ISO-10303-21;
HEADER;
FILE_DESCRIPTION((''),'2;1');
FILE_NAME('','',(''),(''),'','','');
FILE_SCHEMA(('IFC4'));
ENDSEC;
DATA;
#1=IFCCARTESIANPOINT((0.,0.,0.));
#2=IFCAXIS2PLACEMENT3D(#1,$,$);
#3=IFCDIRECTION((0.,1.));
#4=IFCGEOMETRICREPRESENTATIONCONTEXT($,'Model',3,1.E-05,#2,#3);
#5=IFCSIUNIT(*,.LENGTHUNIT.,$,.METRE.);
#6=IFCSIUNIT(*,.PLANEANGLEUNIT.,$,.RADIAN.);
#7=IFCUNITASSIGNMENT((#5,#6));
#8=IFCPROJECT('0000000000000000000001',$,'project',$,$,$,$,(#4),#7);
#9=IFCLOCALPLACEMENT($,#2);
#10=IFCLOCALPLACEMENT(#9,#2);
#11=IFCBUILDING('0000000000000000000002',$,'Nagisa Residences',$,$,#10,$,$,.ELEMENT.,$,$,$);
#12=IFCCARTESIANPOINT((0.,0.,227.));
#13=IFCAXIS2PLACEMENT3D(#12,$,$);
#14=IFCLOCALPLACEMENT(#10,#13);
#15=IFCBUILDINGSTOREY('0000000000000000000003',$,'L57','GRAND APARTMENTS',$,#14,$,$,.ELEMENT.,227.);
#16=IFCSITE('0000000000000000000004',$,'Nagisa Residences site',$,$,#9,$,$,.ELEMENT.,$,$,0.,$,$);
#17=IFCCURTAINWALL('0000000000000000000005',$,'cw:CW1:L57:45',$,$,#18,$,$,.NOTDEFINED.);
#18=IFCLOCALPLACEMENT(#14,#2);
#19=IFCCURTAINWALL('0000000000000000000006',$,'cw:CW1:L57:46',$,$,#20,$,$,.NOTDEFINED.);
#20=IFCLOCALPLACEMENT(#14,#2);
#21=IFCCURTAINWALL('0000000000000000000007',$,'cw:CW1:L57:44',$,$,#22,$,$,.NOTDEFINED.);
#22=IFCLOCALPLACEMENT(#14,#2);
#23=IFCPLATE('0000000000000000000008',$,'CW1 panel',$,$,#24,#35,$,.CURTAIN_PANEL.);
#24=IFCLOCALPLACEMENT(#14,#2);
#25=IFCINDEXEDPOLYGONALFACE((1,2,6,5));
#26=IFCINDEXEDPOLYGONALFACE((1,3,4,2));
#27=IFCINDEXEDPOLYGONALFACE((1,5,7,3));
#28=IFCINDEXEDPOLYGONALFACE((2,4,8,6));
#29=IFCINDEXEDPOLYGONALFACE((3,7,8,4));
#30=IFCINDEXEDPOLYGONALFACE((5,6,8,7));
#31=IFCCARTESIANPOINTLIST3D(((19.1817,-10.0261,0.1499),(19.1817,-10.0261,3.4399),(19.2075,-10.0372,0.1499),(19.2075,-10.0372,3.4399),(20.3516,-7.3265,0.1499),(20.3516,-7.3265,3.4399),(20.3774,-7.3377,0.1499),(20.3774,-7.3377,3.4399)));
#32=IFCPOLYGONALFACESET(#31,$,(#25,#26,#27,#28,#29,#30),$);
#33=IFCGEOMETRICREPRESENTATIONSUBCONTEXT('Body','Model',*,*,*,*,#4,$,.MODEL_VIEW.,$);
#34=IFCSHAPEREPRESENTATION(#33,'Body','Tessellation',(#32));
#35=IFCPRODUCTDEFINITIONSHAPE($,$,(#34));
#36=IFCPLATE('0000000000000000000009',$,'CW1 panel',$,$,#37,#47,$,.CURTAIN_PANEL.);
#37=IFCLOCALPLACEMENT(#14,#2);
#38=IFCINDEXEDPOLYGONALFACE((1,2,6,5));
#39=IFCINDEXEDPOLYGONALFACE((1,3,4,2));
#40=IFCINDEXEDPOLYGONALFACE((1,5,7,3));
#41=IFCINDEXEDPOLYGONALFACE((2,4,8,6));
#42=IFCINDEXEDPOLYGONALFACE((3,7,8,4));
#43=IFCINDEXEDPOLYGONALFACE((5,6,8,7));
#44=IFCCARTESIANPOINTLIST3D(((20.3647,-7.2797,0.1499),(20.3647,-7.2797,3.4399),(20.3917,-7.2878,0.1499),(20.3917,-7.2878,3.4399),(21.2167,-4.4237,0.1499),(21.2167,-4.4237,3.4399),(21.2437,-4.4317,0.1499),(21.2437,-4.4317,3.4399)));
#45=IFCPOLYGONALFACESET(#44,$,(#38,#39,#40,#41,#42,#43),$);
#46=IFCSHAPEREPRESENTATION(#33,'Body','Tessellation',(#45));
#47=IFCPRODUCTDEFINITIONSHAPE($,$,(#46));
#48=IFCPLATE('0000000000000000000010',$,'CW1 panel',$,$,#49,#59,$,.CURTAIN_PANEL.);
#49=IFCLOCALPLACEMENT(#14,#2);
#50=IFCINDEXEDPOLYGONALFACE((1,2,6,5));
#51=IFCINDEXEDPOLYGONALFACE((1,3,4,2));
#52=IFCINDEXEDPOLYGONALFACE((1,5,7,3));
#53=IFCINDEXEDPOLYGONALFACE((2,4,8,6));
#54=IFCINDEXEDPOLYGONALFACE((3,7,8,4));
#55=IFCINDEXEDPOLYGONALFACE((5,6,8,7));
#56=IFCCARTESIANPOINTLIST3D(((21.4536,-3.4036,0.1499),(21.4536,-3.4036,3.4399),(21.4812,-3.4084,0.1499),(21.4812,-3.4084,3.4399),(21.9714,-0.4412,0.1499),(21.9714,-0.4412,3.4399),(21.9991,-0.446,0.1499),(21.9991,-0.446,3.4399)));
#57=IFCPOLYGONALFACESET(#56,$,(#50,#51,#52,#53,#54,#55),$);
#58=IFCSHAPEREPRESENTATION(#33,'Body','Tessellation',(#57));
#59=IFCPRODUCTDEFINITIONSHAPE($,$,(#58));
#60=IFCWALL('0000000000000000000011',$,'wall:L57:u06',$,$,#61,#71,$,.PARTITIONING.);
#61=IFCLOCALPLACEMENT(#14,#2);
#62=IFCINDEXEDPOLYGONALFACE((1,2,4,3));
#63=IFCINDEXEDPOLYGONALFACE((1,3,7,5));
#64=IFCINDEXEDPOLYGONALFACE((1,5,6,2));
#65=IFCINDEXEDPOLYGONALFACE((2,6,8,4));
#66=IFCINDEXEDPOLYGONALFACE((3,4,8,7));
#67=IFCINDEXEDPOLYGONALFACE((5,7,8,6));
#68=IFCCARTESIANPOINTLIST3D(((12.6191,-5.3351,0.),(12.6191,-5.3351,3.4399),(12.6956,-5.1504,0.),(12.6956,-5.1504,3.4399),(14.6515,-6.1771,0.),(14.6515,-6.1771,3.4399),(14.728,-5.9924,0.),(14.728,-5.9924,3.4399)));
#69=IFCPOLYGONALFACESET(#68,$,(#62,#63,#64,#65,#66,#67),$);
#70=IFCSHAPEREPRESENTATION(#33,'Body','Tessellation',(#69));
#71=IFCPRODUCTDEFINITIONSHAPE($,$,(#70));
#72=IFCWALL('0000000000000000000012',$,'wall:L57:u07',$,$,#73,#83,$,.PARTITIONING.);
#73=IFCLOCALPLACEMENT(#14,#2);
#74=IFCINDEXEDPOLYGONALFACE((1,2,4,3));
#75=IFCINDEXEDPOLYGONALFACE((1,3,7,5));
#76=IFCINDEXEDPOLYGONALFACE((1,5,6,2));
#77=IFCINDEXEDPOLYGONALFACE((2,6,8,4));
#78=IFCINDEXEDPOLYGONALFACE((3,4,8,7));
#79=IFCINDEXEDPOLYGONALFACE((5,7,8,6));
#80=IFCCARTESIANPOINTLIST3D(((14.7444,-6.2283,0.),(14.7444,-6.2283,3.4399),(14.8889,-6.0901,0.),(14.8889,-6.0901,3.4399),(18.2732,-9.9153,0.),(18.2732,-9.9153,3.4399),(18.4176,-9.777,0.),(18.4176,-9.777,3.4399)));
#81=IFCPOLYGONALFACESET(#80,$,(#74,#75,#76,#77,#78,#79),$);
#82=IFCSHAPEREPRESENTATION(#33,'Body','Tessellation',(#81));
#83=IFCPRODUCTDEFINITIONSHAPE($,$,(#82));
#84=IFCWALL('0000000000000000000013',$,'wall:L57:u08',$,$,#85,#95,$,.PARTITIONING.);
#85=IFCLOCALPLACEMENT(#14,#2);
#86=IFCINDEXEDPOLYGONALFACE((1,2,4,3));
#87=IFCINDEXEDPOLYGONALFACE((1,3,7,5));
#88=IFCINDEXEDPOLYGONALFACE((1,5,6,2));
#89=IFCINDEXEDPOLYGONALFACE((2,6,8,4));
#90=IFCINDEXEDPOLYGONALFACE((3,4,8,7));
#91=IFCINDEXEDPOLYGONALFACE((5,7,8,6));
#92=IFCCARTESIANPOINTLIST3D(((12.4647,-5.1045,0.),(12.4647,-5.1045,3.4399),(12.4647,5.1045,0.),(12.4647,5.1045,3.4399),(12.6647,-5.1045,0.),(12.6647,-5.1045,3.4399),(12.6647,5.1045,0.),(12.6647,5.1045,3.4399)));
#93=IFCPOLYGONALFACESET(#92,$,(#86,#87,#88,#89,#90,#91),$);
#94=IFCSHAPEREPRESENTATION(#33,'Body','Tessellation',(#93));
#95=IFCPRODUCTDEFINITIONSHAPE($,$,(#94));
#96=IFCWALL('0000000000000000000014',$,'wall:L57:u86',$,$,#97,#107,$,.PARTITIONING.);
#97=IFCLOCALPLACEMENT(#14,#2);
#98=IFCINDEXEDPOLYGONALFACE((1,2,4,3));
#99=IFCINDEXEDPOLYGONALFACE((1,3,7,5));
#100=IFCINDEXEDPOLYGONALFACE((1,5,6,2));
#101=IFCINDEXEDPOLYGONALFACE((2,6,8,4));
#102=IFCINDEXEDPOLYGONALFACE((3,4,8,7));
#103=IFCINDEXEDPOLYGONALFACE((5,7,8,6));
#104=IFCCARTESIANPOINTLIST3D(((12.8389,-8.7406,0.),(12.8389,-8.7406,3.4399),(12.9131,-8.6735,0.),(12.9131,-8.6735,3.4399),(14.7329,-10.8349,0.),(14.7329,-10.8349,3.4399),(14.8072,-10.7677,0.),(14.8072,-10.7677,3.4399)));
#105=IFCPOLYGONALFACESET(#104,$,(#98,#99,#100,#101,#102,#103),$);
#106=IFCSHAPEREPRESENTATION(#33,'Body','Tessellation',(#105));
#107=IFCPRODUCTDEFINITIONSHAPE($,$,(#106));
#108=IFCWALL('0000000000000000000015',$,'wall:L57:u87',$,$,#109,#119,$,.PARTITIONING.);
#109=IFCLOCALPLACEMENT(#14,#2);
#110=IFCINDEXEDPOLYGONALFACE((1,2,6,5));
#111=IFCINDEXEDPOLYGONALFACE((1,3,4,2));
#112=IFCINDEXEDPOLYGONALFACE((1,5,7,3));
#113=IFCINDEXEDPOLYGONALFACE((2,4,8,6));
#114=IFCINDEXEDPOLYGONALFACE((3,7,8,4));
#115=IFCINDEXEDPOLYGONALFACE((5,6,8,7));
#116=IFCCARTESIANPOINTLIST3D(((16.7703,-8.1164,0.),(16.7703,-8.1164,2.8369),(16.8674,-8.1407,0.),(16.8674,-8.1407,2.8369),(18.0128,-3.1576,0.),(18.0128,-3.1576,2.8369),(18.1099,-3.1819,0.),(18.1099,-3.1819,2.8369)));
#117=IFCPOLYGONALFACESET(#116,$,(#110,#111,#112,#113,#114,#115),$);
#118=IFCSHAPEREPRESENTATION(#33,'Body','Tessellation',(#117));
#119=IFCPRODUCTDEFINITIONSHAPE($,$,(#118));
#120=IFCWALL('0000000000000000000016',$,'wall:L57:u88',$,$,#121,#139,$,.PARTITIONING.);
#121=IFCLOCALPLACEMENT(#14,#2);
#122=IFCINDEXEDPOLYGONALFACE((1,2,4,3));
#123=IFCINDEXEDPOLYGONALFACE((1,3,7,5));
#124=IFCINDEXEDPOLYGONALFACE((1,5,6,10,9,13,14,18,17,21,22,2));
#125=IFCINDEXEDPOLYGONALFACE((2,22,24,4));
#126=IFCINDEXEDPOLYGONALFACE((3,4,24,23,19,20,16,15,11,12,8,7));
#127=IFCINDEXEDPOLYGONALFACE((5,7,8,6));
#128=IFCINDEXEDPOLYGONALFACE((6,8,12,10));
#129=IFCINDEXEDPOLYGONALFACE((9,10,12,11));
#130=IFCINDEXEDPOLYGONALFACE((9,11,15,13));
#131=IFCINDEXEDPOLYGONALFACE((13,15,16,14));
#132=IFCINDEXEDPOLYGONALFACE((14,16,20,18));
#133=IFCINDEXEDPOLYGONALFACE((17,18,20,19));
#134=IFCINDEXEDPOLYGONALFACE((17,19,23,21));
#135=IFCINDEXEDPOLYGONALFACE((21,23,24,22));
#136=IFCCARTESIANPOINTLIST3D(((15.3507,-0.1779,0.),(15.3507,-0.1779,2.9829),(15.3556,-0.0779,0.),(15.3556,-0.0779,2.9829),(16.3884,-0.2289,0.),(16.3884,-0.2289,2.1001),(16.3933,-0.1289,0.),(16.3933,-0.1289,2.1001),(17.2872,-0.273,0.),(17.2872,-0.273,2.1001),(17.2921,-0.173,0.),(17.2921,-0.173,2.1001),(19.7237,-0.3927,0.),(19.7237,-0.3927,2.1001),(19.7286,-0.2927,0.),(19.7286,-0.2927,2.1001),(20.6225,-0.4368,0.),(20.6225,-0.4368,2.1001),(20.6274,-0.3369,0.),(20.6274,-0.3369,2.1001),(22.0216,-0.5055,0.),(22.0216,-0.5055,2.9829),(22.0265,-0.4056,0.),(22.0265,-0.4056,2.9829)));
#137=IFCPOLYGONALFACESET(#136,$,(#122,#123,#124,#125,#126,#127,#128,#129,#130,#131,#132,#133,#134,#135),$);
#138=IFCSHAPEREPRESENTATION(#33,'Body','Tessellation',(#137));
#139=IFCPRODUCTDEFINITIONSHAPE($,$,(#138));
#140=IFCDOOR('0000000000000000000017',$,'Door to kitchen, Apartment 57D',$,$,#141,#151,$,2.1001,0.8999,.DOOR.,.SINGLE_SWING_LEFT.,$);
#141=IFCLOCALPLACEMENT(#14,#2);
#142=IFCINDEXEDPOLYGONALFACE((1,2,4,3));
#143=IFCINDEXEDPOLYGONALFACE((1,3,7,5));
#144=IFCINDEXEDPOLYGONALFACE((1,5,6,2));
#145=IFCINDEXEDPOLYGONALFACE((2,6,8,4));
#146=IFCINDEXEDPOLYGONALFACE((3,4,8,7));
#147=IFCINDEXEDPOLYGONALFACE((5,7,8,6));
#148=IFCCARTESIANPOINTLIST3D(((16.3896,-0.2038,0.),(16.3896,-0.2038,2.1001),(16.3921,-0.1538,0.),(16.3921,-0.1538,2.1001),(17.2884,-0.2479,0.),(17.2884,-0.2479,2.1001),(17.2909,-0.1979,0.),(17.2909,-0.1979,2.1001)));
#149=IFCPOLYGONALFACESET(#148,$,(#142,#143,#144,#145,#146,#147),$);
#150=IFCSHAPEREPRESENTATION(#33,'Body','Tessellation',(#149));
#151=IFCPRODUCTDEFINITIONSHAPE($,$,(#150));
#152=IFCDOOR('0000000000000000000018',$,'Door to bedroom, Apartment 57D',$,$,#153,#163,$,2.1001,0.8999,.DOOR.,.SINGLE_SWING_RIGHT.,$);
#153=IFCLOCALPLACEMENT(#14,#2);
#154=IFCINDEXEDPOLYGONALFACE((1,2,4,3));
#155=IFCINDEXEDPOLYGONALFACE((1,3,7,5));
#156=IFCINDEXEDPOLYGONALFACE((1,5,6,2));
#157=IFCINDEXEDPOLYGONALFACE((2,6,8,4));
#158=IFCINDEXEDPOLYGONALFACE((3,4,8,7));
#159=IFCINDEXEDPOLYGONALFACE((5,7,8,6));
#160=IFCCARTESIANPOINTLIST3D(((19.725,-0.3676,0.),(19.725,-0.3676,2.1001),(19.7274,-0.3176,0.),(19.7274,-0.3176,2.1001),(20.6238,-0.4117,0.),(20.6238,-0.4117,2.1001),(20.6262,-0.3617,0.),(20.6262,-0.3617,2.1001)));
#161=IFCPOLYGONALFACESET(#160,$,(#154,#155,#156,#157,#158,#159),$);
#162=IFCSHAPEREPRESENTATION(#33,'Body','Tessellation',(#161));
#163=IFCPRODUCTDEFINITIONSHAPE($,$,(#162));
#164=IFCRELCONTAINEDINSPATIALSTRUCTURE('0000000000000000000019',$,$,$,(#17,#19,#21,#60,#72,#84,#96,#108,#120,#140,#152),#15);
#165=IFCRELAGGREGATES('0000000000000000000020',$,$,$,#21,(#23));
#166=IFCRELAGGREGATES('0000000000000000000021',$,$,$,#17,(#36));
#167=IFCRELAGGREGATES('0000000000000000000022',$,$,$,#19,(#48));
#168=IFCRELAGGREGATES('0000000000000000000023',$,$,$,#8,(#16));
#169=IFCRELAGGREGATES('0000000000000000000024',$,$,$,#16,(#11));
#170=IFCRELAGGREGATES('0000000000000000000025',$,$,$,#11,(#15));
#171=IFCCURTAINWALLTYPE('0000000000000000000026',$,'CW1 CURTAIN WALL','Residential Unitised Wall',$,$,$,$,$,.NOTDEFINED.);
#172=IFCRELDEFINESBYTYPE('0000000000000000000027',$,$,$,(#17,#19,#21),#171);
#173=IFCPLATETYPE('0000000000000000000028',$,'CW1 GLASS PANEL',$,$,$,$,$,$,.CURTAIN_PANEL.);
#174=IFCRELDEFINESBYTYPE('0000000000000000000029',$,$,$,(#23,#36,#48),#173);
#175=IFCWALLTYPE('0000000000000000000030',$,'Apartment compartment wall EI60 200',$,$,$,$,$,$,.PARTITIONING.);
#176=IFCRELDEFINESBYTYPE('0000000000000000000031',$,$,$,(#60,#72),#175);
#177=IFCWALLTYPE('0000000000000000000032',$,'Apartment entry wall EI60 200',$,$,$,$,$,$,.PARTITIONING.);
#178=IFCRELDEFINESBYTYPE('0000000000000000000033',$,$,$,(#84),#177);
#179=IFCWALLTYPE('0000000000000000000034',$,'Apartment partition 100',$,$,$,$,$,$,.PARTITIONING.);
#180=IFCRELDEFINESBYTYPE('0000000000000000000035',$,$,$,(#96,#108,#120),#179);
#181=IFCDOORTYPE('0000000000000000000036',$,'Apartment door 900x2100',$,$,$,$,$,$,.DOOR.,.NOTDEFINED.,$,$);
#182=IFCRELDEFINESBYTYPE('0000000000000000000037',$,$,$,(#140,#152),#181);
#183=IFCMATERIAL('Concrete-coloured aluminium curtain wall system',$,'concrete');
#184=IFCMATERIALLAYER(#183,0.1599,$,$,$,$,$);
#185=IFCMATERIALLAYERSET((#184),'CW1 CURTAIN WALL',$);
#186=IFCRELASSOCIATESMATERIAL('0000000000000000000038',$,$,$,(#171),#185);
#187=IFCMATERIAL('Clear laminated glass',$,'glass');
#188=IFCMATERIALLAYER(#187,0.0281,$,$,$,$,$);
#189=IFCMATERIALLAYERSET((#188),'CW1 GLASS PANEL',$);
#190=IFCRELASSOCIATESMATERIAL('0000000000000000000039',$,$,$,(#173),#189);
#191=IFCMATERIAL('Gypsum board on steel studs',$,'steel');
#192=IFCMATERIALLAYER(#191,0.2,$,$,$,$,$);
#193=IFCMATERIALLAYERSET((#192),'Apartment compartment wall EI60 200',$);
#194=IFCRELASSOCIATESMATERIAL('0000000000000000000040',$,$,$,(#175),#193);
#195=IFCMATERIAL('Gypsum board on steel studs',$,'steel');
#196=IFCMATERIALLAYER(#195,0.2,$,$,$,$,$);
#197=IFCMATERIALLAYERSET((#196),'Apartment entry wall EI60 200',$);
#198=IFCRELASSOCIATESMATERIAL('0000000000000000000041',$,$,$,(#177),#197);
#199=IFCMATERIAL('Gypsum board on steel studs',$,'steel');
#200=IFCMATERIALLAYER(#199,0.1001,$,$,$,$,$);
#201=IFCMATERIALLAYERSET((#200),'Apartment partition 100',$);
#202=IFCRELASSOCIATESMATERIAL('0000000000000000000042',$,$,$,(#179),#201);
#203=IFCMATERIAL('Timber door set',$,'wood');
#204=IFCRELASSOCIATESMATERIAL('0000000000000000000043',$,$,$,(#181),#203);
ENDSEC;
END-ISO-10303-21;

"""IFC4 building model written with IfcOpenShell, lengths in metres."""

from ifc_helpers import new_model, si_unit, direction, frame, frame_2d, origin, origin_2d, place, context, subcontext, project, spatial, rectangle, extrude, material, layer, layer_set, type_object, element, fill, aggregate, save


model = new_model("IFC4")

# Units and contexts
model_context = context("Model", 3, precision=1e-05, world=origin(), true_north=direction((0.0, 1.0)))
body_context = subcontext(model_context, "Body", "Model", "MODEL_VIEW")
ifc_project = project(units=[si_unit("LENGTHUNIT", "METRE"), si_unit("PLANEANGLEUNIT", "RADIAN")], contexts=[model_context])

# Site, building, storey
site_placement = place(None, origin())
site = spatial("IfcSite", under=ifc_project, at=site_placement, Name="Nagisa Residences site", CompositionType="ELEMENT", RefElevation=0.0)
building_placement = place(site_placement, origin())
building = spatial("IfcBuilding", under=site, at=building_placement, Name="Nagisa Residences", CompositionType="ELEMENT")
storey_placement = place(building_placement, frame((0.0, 0.0, 227.0)))
storey = spatial("IfcBuildingStorey", under=building, at=storey_placement, Name="L57", Description="GRAND APARTMENTS", CompositionType="ELEMENT", Elevation=227.0)

# Curtain walls
ifc_material_1 = material(Name="Concrete-coloured aluminium curtain wall system", Category="concrete")
ifc_layer_1 = layer(ifc_material_1, 0.1599)
ifc_layer_set_1 = layer_set([ifc_layer_1], Name="CW1 CURTAIN WALL")
curtain_wall_type = type_object("IfcCurtainWallType", Name="CW1 CURTAIN WALL", Description="Residential Unitised Wall", PredefinedType="NOTDEFINED", material=ifc_layer_set_1)
curtain_wall_1_placement = place(storey_placement, origin())
curtain_wall_1 = element("IfcCurtainWall", 1, at=curtain_wall_1_placement, inside=storey, type_object=curtain_wall_type, Name="cw:CW1:L57:45", PredefinedType="NOTDEFINED")
curtain_wall_2_placement = place(storey_placement, origin())
curtain_wall_2 = element("IfcCurtainWall", 2, at=curtain_wall_2_placement, inside=storey, type_object=curtain_wall_type, Name="cw:CW1:L57:46", PredefinedType="NOTDEFINED")

# Curtain wall, plate
curtain_wall_3_placement = place(storey_placement, origin())
curtain_wall_3 = element("IfcCurtainWall", 3, at=curtain_wall_3_placement, inside=storey, type_object=curtain_wall_type, Name="cw:CW1:L57:44", PredefinedType="NOTDEFINED")
ifc_material_2 = material(Name="Clear laminated glass", Category="glass")
ifc_layer_2 = layer(ifc_material_2, 0.0281)
ifc_layer_set_2 = layer_set([ifc_layer_2], Name="CW1 GLASS PANEL")
plate_type = type_object("IfcPlateType", Name="CW1 GLASS PANEL", PredefinedType="CURTAIN_PANEL", material=ifc_layer_set_2)
plate_1_placement = place(storey_placement, frame((19.7795, -8.6819, 0.1499), z_axis=(0.0, 0.0, 1.0), x_axis=(0.397636, 0.917543, 0.0)))
plate_1 = element("IfcPlate", 4, at=plate_1_placement, type_object=plate_type, Name="CW1 panel", PredefinedType="CURTAIN_PANEL", context=body_context, shape_type="SweptSolid", body=[
    extrude(rectangle(XDim=2.9421, YDim=0.0281, at=origin_2d()), origin(), (0.0, 0.0, 1.0), 3.29),
])
aggregate(curtain_wall_3, [plate_1])

# Plates
plate_2_placement = place(storey_placement, frame((20.8042, -5.8557, 0.1499), z_axis=(0.0, 0.0, 1.0), x_axis=(0.28586, 0.958271, 0.0)))
plate_2 = element("IfcPlate", 5, at=plate_2_placement, type_object=plate_type, Name="CW1 panel", PredefinedType="CURTAIN_PANEL", context=body_context, shape_type="SweptSolid", body=[
    extrude(rectangle(XDim=2.9805, YDim=0.0281, at=origin_2d()), origin(), (0.0, 0.0, 1.0), 3.29),
])
aggregate(curtain_wall_1, [plate_2])
plate_3_placement = place(storey_placement, frame((21.7263, -1.9248, 0.1499), z_axis=(0.0, 0.0, 1.0), x_axis=(0.172191, 0.985064, 0.0)))
plate_3 = element("IfcPlate", 6, at=plate_3_placement, type_object=plate_type, Name="CW1 panel", PredefinedType="CURTAIN_PANEL", context=body_context, shape_type="SweptSolid", body=[
    extrude(rectangle(XDim=3.0073, YDim=0.0281, at=origin_2d()), origin(), (0.0, 0.0, 1.0), 3.29),
])
aggregate(curtain_wall_2, [plate_3])

# Walls
ifc_material_3 = material(Name="Gypsum board on steel studs", Category="steel")
ifc_layer_3 = layer(ifc_material_3, 0.2)
ifc_layer_set_3 = layer_set([ifc_layer_3], Name="Apartment compartment wall EI60 200")
wall_type_1 = type_object("IfcWallType", Name="Apartment compartment wall EI60 200", PredefinedType="PARTITIONING", material=ifc_layer_set_3)
wall_1_placement = place(storey_placement, frame((12.6572, -5.2427, 0.0), z_axis=(0.0, 0.0, 1.0), x_axis=(0.923853, -0.382747, 0.0)))
element("IfcWall", 7, at=wall_1_placement, inside=storey, type_object=wall_type_1, Name="wall:L57:u06", PredefinedType="PARTITIONING", context=body_context, shape_type="SweptSolid", body=[
    extrude(rectangle(XDim=2.2, YDim=0.2, at=frame_2d((1.1001, 0.0))), origin(), (0.0, 0.0, 1.0), 3.4399),
])
wall_2_placement = place(storey_placement, frame((14.8167, -6.1592, 0.0), z_axis=(0.0, 0.0, 1.0), x_axis=(0.691438, -0.722436, 0.0)))
element("IfcWall", 8, at=wall_2_placement, inside=storey, type_object=wall_type_1, Name="wall:L57:u07", PredefinedType="PARTITIONING", context=body_context, shape_type="SweptSolid", body=[
    extrude(rectangle(XDim=5.1035, YDim=0.2, at=frame_2d((2.5518, 0.0))), origin(), (0.0, 0.0, 1.0), 3.4399),
])
ifc_material_4 = material(Name="Gypsum board on steel studs", Category="steel")
ifc_layer_4 = layer(ifc_material_4, 0.2)
ifc_layer_set_4 = layer_set([ifc_layer_4], Name="Apartment entry wall EI60 200")
wall_type_2 = type_object("IfcWallType", Name="Apartment entry wall EI60 200", PredefinedType="PARTITIONING", material=ifc_layer_set_4)
wall_3_placement = place(storey_placement, frame((12.5647, -5.1045, 0.0), z_axis=(0.0, 0.0, 1.0), x_axis=(0.0, 1.0, 0.0)))
element("IfcWall", 9, at=wall_3_placement, inside=storey, type_object=wall_type_2, Name="wall:L57:u08", PredefinedType="PARTITIONING", context=body_context, shape_type="SweptSolid", body=[
    extrude(rectangle(XDim=10.209, YDim=0.2, at=frame_2d((5.1045, 0.0))), origin(), (0.0, 0.0, 1.0), 3.4399),
])
ifc_material_5 = material(Name="Gypsum board on steel studs", Category="steel")
ifc_layer_5 = layer(ifc_material_5, 0.1001)
ifc_layer_set_5 = layer_set([ifc_layer_5], Name="Apartment partition 100")
wall_type_3 = type_object("IfcWallType", Name="Apartment partition 100", PredefinedType="PARTITIONING", material=ifc_layer_set_5)
wall_4_placement = place(storey_placement, frame((12.876, -8.707, 0.0), z_axis=(0.0, 0.0, 1.0), x_axis=(0.670768, -0.741667, 0.0)))
element("IfcWall", 10, at=wall_4_placement, inside=storey, type_object=wall_type_3, Name="wall:L57:u86", PredefinedType="PARTITIONING", context=body_context, shape_type="SweptSolid", body=[
    extrude(rectangle(XDim=2.8237, YDim=0.1001, at=frame_2d((1.4119, 0.0))), origin(), (0.0, 0.0, 1.0), 3.4399),
])
wall_5_placement = place(storey_placement, frame((16.8188, -8.1287, 0.0), z_axis=(0.0, 0.0, 1.0), x_axis=(0.243041, 0.970016, 0.0)))
element("IfcWall", 11, at=wall_5_placement, inside=storey, type_object=wall_type_3, Name="wall:L57:u87", PredefinedType="PARTITIONING", context=body_context, shape_type="SweptSolid", body=[
    extrude(rectangle(XDim=5.1121, YDim=0.1001, at=frame_2d((2.5562, 0.0))), origin(), (0.0, 0.0, 1.0), 2.8369),
])

# Wall, openings, doors
wall_6_placement = place(storey_placement, frame((15.3533, -0.1279, 0.0), z_axis=(0.0, 0.0, 1.0), x_axis=(0.998796, -0.049055, 0.0)))
wall_6 = element("IfcWall", 12, at=wall_6_placement, inside=storey, type_object=wall_type_3, Name="wall:L57:u88", PredefinedType="PARTITIONING", context=body_context, shape_type="SweptSolid", body=[
    extrude(rectangle(XDim=6.679, YDim=0.1001, at=frame_2d((3.3394, 0.0))), origin(), (0.0, 0.0, 1.0), 2.9829),
])
opening_1_placement = place(wall_6_placement, frame((1.0388, 0.0, 0.0)))
opening_1 = element("IfcOpeningElement", 13, at=opening_1_placement, cuts=wall_6, PredefinedType="OPENING", context=body_context, shape_type="SweptSolid", body=[
    extrude(rectangle(XDim=0.8999, YDim=2.1001, at=frame_2d((0.45, 1.05))), frame((0.0, 0.0601, 0.0), z_axis=(0.0, -1.0, 0.0), x_axis=(1.0, 0.0, 0.0)), (0.0, 0.0, 1.0), 0.1201),
])
opening_2_placement = place(wall_6_placement, frame((4.3782, 0.0, 0.0)))
opening_2 = element("IfcOpeningElement", 14, at=opening_2_placement, cuts=wall_6, PredefinedType="OPENING", context=body_context, shape_type="SweptSolid", body=[
    extrude(rectangle(XDim=0.8999, YDim=2.1001, at=frame_2d((0.45, 1.05))), frame((0.0, 0.0601, 0.0), z_axis=(0.0, -1.0, 0.0), x_axis=(1.0, 0.0, 0.0)), (0.0, 0.0, 1.0), 0.1201),
])
ifc_material_6 = material(Name="Timber door set", Category="wood")
door_type_1 = type_object("IfcDoorType", Name="Apartment door 900x2100", OperationType="NOTDEFINED", PredefinedType="DOOR", material=ifc_material_6)
door_1_placement = place(opening_1_placement, frame((0.8999, 0.0, 0.0), x_axis=(-1.0, 0.0, 0.0)))
door_1 = element("IfcDoor", 15, at=door_1_placement, inside=storey, type_object=door_type_1, Name="Door to kitchen, Apartment 57D", OperationType="SINGLE_SWING_LEFT", OverallHeight=2.1001, OverallWidth=0.8999, PredefinedType="DOOR", context=body_context, shape_type="SweptSolid", body=[
    extrude(rectangle(XDim=0.8999, YDim=2.1001, at=frame_2d((0.45, 1.05))), frame((0.0, 0.0249, 0.0), z_axis=(0.0, -1.0, 0.0), x_axis=(1.0, 0.0, 0.0)), (0.0, 0.0, 1.0), 0.05),
])
fill(opening_1, door_1)
door_2_placement = place(opening_2_placement, frame((0.8999, 0.0, 0.0), x_axis=(-1.0, 0.0, 0.0)))
door_2 = element("IfcDoor", 16, at=door_2_placement, inside=storey, type_object=door_type_1, Name="Door to bedroom, Apartment 57D", OperationType="SINGLE_SWING_RIGHT", OverallHeight=2.1001, OverallWidth=0.8999, PredefinedType="DOOR", context=body_context, shape_type="SweptSolid", body=[
    extrude(rectangle(XDim=0.8999, YDim=2.1001, at=frame_2d((0.45, 1.05))), frame((0.0, 0.0249, 0.0), z_axis=(0.0, -1.0, 0.0), x_axis=(1.0, 0.0, 0.0)), (0.0, 0.0, 1.0), 0.05),
])
fill(opening_2, door_2)

save(model, "model.ifc")
